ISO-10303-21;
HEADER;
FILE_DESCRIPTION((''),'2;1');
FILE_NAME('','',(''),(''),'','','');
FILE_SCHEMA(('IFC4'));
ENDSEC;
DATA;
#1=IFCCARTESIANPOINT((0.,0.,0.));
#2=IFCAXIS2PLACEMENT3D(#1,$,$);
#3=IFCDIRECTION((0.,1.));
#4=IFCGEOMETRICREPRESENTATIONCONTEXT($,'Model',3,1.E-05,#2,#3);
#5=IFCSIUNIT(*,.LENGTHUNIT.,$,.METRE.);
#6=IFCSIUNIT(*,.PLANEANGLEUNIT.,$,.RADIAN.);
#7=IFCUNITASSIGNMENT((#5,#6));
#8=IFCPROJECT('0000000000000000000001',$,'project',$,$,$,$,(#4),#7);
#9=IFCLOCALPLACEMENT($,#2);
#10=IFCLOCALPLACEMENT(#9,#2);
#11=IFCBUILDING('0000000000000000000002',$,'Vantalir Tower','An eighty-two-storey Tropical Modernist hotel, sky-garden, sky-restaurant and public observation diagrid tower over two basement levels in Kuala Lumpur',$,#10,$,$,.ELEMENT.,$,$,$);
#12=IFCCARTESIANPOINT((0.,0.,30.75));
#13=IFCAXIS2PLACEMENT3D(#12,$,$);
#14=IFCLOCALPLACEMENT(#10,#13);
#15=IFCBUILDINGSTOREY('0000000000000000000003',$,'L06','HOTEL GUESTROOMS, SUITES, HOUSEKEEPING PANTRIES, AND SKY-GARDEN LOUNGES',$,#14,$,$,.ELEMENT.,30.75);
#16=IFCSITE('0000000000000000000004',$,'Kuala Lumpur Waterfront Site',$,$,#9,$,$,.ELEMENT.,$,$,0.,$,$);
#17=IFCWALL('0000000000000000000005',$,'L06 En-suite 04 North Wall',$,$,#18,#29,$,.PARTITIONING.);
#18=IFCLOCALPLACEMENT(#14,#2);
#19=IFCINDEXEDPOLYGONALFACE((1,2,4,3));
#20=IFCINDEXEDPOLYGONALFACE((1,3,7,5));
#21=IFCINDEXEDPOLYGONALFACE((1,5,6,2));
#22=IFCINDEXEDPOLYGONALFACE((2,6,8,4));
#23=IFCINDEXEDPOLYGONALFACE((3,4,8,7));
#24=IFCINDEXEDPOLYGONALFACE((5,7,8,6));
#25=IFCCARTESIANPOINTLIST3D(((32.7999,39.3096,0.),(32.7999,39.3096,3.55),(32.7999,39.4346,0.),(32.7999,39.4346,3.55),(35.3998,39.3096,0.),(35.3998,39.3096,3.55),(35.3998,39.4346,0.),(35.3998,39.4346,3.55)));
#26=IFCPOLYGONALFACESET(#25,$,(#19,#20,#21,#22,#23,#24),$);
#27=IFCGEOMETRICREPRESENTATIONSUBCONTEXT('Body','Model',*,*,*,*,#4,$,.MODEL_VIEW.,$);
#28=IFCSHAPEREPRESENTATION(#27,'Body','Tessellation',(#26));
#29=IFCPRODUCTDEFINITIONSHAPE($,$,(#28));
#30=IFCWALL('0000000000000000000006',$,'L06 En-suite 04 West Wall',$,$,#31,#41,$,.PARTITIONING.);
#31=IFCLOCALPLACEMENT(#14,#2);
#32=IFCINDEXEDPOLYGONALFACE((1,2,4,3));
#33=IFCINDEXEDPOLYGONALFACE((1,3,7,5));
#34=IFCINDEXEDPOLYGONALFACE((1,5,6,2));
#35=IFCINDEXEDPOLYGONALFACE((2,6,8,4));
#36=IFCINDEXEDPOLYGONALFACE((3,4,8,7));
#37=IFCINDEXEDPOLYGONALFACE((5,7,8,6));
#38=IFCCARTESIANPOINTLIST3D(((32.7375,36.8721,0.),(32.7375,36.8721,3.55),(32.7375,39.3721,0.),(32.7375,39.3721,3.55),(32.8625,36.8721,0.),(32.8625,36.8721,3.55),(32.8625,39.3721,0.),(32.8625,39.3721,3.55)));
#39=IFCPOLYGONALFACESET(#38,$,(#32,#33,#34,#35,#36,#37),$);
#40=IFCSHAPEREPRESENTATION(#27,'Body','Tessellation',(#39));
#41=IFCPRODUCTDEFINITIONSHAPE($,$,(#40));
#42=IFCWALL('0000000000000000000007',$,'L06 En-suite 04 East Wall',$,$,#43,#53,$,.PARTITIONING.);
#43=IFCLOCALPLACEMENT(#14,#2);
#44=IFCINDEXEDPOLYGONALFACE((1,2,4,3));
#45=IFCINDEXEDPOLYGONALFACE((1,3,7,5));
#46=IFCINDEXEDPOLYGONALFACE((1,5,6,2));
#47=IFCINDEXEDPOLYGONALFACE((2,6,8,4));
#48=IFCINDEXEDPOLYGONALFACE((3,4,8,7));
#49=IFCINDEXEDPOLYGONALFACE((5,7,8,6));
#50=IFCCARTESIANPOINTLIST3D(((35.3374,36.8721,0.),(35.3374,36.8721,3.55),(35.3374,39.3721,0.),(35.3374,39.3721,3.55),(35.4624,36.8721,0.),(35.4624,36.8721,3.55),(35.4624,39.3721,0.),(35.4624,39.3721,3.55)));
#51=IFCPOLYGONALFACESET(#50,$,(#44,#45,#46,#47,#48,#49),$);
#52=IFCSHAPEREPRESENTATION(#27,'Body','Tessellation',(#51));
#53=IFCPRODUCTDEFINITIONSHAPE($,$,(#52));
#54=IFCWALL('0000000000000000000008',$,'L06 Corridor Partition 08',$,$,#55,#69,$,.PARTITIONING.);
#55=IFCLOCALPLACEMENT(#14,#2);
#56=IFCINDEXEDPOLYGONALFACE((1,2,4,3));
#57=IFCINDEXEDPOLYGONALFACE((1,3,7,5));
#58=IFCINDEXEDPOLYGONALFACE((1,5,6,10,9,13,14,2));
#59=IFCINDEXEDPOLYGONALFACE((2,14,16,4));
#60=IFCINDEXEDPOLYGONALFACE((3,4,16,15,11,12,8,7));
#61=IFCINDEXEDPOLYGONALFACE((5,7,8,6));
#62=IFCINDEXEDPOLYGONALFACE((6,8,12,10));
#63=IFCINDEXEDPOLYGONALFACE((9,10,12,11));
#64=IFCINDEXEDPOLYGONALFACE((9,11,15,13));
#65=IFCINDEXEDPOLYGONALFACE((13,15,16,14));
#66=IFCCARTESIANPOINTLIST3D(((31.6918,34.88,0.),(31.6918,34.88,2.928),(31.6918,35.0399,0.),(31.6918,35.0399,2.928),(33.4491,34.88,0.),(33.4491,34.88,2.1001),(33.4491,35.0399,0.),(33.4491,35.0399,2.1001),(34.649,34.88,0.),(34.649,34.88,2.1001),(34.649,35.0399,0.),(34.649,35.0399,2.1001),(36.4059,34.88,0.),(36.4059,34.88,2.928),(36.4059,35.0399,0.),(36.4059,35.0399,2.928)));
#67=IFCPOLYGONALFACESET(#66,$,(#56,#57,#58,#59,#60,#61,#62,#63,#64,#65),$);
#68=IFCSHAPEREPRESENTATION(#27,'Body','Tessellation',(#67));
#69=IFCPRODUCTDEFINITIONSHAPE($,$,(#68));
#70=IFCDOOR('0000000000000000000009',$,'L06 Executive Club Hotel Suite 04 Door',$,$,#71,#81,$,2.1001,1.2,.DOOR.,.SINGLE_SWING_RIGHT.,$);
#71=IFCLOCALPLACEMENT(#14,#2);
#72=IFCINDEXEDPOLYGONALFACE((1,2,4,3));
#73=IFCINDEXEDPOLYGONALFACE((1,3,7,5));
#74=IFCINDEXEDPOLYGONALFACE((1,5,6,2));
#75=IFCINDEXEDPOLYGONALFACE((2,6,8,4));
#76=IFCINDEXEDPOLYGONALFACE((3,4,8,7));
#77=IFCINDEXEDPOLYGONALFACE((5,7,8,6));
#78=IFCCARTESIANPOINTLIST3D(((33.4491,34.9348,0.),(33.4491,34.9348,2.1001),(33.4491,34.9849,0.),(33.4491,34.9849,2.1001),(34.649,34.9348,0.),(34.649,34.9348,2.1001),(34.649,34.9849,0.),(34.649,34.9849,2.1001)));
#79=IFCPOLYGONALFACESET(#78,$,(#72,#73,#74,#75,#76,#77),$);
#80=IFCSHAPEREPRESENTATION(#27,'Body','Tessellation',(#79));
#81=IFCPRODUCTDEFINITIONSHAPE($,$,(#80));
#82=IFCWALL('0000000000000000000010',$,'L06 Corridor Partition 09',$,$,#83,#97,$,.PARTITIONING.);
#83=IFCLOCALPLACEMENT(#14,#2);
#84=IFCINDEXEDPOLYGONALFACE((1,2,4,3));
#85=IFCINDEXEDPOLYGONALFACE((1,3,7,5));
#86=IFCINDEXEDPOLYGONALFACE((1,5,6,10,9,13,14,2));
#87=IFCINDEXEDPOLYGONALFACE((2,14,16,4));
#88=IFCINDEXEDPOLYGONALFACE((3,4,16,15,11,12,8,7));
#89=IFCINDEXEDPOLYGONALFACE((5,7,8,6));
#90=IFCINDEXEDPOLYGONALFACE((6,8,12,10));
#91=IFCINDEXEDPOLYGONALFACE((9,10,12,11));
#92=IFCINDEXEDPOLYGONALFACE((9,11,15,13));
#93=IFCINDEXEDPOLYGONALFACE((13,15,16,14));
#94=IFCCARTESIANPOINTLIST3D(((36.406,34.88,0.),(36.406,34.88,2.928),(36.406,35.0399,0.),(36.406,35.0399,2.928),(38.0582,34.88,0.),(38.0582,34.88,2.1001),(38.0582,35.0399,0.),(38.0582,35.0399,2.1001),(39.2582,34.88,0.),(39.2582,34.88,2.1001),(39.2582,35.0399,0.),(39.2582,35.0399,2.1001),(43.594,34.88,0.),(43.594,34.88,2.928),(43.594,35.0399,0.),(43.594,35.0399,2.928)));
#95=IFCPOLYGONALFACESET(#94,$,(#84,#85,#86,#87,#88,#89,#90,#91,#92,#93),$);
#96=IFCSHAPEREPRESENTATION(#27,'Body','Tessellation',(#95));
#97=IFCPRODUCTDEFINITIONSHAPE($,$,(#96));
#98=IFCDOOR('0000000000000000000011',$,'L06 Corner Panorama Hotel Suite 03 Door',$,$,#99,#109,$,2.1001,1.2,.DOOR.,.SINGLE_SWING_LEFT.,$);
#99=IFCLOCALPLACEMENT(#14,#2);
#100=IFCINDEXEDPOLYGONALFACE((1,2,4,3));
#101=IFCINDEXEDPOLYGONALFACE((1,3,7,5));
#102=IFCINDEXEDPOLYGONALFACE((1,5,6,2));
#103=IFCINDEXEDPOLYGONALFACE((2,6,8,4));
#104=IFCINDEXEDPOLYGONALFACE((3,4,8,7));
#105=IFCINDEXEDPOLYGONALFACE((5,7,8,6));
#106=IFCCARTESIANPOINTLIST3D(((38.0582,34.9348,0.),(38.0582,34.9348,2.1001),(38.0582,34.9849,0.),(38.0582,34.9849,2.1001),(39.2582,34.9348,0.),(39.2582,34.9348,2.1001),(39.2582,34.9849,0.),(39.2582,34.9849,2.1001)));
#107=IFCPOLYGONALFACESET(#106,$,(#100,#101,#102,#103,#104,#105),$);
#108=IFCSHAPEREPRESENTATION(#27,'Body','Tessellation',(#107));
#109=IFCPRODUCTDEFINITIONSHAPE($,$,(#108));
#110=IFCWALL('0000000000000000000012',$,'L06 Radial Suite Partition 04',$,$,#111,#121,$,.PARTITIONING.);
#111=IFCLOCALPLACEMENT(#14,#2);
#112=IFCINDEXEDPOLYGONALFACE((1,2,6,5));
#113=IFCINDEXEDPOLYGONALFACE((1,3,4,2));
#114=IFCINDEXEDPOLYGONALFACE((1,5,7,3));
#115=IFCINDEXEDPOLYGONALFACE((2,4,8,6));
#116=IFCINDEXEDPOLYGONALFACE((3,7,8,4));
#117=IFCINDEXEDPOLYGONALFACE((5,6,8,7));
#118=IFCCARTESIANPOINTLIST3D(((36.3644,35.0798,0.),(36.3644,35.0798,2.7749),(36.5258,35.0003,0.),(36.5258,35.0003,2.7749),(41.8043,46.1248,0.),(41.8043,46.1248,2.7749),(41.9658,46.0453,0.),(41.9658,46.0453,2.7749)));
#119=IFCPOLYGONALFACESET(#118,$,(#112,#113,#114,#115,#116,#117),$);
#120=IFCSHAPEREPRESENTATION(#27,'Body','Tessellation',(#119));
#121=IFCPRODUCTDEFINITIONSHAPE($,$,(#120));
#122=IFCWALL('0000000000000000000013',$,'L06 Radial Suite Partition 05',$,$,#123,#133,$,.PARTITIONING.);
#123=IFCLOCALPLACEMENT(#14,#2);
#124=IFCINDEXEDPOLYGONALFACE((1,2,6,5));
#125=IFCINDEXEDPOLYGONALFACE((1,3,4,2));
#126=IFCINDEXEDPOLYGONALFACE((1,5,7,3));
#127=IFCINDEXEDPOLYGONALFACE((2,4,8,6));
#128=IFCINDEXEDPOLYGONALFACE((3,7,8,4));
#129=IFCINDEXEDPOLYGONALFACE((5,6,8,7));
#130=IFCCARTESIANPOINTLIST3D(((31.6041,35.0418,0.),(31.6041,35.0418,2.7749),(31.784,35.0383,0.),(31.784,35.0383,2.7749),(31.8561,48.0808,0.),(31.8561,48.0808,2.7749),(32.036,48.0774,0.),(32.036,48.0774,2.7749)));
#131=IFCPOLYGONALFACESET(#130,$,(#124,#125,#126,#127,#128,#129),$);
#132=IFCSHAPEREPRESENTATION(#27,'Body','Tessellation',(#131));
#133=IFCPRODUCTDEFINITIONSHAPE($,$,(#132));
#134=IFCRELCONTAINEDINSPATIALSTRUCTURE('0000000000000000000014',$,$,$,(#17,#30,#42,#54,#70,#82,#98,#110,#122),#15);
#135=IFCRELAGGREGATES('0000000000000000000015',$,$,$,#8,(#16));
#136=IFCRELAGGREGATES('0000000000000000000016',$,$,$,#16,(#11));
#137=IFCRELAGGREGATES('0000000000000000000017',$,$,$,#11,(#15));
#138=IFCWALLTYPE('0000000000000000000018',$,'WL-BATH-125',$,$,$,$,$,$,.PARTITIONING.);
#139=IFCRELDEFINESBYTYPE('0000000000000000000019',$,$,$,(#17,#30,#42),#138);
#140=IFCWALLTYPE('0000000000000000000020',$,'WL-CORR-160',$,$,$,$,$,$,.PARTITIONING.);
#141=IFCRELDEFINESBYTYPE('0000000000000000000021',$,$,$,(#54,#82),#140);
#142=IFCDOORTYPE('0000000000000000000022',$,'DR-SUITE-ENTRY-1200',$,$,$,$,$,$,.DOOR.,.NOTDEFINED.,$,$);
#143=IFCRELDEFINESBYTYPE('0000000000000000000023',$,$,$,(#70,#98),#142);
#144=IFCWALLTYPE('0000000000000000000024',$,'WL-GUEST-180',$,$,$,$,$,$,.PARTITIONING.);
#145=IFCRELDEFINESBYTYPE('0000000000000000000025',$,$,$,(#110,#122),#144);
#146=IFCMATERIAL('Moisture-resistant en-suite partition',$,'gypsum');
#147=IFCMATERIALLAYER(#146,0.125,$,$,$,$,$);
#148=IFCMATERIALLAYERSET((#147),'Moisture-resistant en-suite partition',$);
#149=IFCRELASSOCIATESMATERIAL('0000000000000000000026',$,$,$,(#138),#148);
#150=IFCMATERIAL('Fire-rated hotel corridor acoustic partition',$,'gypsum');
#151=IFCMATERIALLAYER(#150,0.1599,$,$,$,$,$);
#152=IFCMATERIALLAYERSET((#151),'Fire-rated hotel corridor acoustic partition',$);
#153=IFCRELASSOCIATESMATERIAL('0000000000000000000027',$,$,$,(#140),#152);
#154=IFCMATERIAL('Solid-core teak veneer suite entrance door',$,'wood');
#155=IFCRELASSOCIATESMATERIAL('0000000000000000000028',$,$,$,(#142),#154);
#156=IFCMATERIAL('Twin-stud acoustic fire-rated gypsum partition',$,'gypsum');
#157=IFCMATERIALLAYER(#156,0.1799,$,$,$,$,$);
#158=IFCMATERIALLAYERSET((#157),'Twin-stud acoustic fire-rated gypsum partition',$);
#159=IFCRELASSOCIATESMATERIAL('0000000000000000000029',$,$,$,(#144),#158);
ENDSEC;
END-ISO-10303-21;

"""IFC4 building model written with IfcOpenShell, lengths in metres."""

from ifc_helpers import new_model, si_unit, direction, frame, frame_2d, origin, place, context, subcontext, project, spatial, rectangle, extrude, material, layer, layer_set, type_object, element, fill, save


model = new_model("IFC4")

# Units and contexts
model_context = context("Model", 3, precision=1e-05, world=origin(), true_north=direction((0.0, 1.0)))
body_context = subcontext(model_context, "Body", "Model", "MODEL_VIEW")
ifc_project = project(units=[si_unit("LENGTHUNIT", "METRE"), si_unit("PLANEANGLEUNIT", "RADIAN")], contexts=[model_context])

# Site, building, storey
site_placement = place(None, origin())
site = spatial("IfcSite", under=ifc_project, at=site_placement, Name="Kuala Lumpur Waterfront Site", CompositionType="ELEMENT", RefElevation=0.0)
building_placement = place(site_placement, origin())
building = spatial("IfcBuilding", under=site, at=building_placement, Name="Vantalir Tower", Description="An eighty-two-storey Tropical Modernist hotel, sky-garden, sky-restaurant and public observation diagrid tower over two basement levels in Kuala Lumpur", CompositionType="ELEMENT")
storey_placement = place(building_placement, frame((0.0, 0.0, 30.75)))
storey = spatial("IfcBuildingStorey", under=building, at=storey_placement, Name="L06", Description="HOTEL GUESTROOMS, SUITES, HOUSEKEEPING PANTRIES, AND SKY-GARDEN LOUNGES", CompositionType="ELEMENT", Elevation=30.75)

# Shared definitions
ifc_material_1 = material(Name="Moisture-resistant en-suite partition", Category="gypsum")
ifc_layer_1 = layer(ifc_material_1, 0.125)
ifc_layer_set_1 = layer_set([ifc_layer_1], Name="Moisture-resistant en-suite partition")
wall_type_1 = type_object("IfcWallType", Name="WL-BATH-125", PredefinedType="PARTITIONING", material=ifc_layer_set_1)

# Walls
wall_1_placement = place(storey_placement, frame((32.8, 39.3721, 0.0), z_axis=(0.0, 0.0, 1.0), x_axis=(1.0, 0.0, 0.0)))
element("IfcWall", 1, at=wall_1_placement, inside=storey, type_object=wall_type_1, Name="L06 En-suite 04 North Wall", PredefinedType="PARTITIONING", context=body_context, shape_type="SweptSolid", body=[
    extrude(rectangle(XDim=2.5999, YDim=0.125, at=frame_2d((1.2998, 0.0))), origin(), (0.0, 0.0, 1.0), 3.55),
])
for number, where, z_axis, x_axis, name in (
    (2, (32.8, 36.8721, 0.0), (0.0, 0.0, 1.0), (0.0, 1.0, 0.0), "L06 En-suite 04 West Wall"),
    (3, (35.3999, 36.8721, 0.0), (0.0, 0.0, 1.0), (0.0, 1.0, 0.0), "L06 En-suite 04 East Wall"),
):
    element("IfcWall", number, at=place(storey_placement, frame(where, z_axis=z_axis, x_axis=x_axis)), inside=storey, type_object=wall_type_1, Name=name, PredefinedType="PARTITIONING", context=body_context, shape_type="SweptSolid", body=[
        extrude(rectangle(XDim=2.5, YDim=0.125, at=frame_2d((1.25, 0.0))), origin(), (0.0, 0.0, 1.0), 3.55),
    ])

# Walls, openings, doors
ifc_material_2 = material(Name="Fire-rated hotel corridor acoustic partition", Category="gypsum")
ifc_layer_2 = layer(ifc_material_2, 0.1599)
ifc_layer_set_2 = layer_set([ifc_layer_2], Name="Fire-rated hotel corridor acoustic partition")
wall_type_2 = type_object("IfcWallType", Name="WL-CORR-160", PredefinedType="PARTITIONING", material=ifc_layer_set_2)
wall_2_placement = place(storey_placement, frame((31.6919, 34.96, 0.0), z_axis=(0.0, 0.0, 1.0), x_axis=(1.0, 0.0, 0.0)))
wall_2 = element("IfcWall", 4, at=wall_2_placement, inside=storey, type_object=wall_type_2, Name="L06 Corridor Partition 08", PredefinedType="PARTITIONING", context=body_context, shape_type="SweptSolid", body=[
    extrude(rectangle(XDim=4.7141, YDim=0.1599, at=frame_2d((2.3569, 0.0))), origin(), (0.0, 0.0, 1.0), 2.928),
])
opening_1_placement = place(wall_2_placement, frame((1.7571, 0.0, 0.0)))
opening_1 = element("IfcOpeningElement", 5, at=opening_1_placement, cuts=wall_2, PredefinedType="OPENING", context=body_context, shape_type="SweptSolid", body=[
    extrude(rectangle(XDim=1.2, YDim=2.1001, at=frame_2d((0.6001, 1.05))), frame((0.0, 0.0898, 0.0), z_axis=(0.0, -1.0, 0.0), x_axis=(1.0, 0.0, 0.0)), (0.0, 0.0, 1.0), 0.1799),
])
ifc_material_3 = material(Name="Solid-core teak veneer suite entrance door", Category="wood")
door_type_1 = type_object("IfcDoorType", Name="DR-SUITE-ENTRY-1200", OperationType="NOTDEFINED", PredefinedType="DOOR", material=ifc_material_3)
door_1_placement = place(opening_1_placement, origin())
door_1 = element("IfcDoor", 6, at=door_1_placement, inside=storey, type_object=door_type_1, Name="L06 Executive Club Hotel Suite 04 Door", OperationType="SINGLE_SWING_RIGHT", OverallHeight=2.1001, OverallWidth=1.2, PredefinedType="DOOR", context=body_context, shape_type="SweptSolid", body=[
    extrude(rectangle(XDim=1.2, YDim=2.1001, at=frame_2d((0.6001, 1.05))), frame((0.0, 0.0249, 0.0), z_axis=(0.0, -1.0, 0.0), x_axis=(1.0, 0.0, 0.0)), (0.0, 0.0, 1.0), 0.05),
])
fill(opening_1, door_1)
wall_3_placement = place(storey_placement, frame((36.406, 34.96, 0.0), z_axis=(0.0, 0.0, 1.0), x_axis=(1.0, 0.0, 0.0)))
wall_3 = element("IfcWall", 7, at=wall_3_placement, inside=storey, type_object=wall_type_2, Name="L06 Corridor Partition 09", PredefinedType="PARTITIONING", context=body_context, shape_type="SweptSolid", body=[
    extrude(rectangle(XDim=7.188, YDim=0.1599, at=frame_2d((3.594, 0.0))), origin(), (0.0, 0.0, 1.0), 2.928),
])
opening_2_placement = place(wall_3_placement, frame((1.6521, 0.0, 0.0)))
opening_2 = element("IfcOpeningElement", 8, at=opening_2_placement, cuts=wall_3, PredefinedType="OPENING", context=body_context, shape_type="SweptSolid", body=[
    extrude(rectangle(XDim=1.2, YDim=2.1001, at=frame_2d((0.6001, 1.05))), frame((0.0, 0.0898, 0.0), z_axis=(0.0, -1.0, 0.0), x_axis=(1.0, 0.0, 0.0)), (0.0, 0.0, 1.0), 0.1799),
])
door_2_placement = place(opening_2_placement, origin())
door_2 = element("IfcDoor", 9, at=door_2_placement, inside=storey, type_object=door_type_1, Name="L06 Corner Panorama Hotel Suite 03 Door", OperationType="SINGLE_SWING_LEFT", OverallHeight=2.1001, OverallWidth=1.2, PredefinedType="DOOR", context=body_context, shape_type="SweptSolid", body=[
    extrude(rectangle(XDim=1.2, YDim=2.1001, at=frame_2d((0.6001, 1.05))), frame((0.0, 0.0249, 0.0), z_axis=(0.0, -1.0, 0.0), x_axis=(1.0, 0.0, 0.0)), (0.0, 0.0, 1.0), 0.05),
])
fill(opening_2, door_2)

# Walls
ifc_material_4 = material(Name="Twin-stud acoustic fire-rated gypsum partition", Category="gypsum")
ifc_layer_3 = layer(ifc_material_4, 0.1799)
ifc_layer_set_3 = layer_set([ifc_layer_3], Name="Twin-stud acoustic fire-rated gypsum partition")
wall_type_3 = type_object("IfcWallType", Name="WL-GUEST-180", PredefinedType="PARTITIONING", material=ifc_layer_set_3)
wall_4_placement = place(storey_placement, frame((36.4451, 35.04, 0.0), z_axis=(0.0, 0.0, 1.0), x_axis=(0.441844, 0.897092, 0.0)))
element("IfcWall", 10, at=wall_4_placement, inside=storey, type_object=wall_type_3, Name="L06 Radial Suite Partition 04", PredefinedType="PARTITIONING", context=body_context, shape_type="SweptSolid", body=[
    extrude(rectangle(XDim=12.312, YDim=0.1799, at=frame_2d((6.156, 0.0))), origin(), (0.0, 0.0, 1.0), 2.7749),
])
wall_5_placement = place(storey_placement, frame((31.6941, 35.04, 0.0), z_axis=(0.0, 0.0, 1.0), x_axis=(0.019319, 0.999813, 0.0)))
element("IfcWall", 11, at=wall_5_placement, inside=storey, type_object=wall_type_3, Name="L06 Radial Suite Partition 05", PredefinedType="PARTITIONING", context=body_context, shape_type="SweptSolid", body=[
    extrude(rectangle(XDim=13.0415, YDim=0.1799, at=frame_2d((6.5208, 0.0))), origin(), (0.0, 0.0, 1.0), 2.7749),
])

save(model, "model.ifc")
